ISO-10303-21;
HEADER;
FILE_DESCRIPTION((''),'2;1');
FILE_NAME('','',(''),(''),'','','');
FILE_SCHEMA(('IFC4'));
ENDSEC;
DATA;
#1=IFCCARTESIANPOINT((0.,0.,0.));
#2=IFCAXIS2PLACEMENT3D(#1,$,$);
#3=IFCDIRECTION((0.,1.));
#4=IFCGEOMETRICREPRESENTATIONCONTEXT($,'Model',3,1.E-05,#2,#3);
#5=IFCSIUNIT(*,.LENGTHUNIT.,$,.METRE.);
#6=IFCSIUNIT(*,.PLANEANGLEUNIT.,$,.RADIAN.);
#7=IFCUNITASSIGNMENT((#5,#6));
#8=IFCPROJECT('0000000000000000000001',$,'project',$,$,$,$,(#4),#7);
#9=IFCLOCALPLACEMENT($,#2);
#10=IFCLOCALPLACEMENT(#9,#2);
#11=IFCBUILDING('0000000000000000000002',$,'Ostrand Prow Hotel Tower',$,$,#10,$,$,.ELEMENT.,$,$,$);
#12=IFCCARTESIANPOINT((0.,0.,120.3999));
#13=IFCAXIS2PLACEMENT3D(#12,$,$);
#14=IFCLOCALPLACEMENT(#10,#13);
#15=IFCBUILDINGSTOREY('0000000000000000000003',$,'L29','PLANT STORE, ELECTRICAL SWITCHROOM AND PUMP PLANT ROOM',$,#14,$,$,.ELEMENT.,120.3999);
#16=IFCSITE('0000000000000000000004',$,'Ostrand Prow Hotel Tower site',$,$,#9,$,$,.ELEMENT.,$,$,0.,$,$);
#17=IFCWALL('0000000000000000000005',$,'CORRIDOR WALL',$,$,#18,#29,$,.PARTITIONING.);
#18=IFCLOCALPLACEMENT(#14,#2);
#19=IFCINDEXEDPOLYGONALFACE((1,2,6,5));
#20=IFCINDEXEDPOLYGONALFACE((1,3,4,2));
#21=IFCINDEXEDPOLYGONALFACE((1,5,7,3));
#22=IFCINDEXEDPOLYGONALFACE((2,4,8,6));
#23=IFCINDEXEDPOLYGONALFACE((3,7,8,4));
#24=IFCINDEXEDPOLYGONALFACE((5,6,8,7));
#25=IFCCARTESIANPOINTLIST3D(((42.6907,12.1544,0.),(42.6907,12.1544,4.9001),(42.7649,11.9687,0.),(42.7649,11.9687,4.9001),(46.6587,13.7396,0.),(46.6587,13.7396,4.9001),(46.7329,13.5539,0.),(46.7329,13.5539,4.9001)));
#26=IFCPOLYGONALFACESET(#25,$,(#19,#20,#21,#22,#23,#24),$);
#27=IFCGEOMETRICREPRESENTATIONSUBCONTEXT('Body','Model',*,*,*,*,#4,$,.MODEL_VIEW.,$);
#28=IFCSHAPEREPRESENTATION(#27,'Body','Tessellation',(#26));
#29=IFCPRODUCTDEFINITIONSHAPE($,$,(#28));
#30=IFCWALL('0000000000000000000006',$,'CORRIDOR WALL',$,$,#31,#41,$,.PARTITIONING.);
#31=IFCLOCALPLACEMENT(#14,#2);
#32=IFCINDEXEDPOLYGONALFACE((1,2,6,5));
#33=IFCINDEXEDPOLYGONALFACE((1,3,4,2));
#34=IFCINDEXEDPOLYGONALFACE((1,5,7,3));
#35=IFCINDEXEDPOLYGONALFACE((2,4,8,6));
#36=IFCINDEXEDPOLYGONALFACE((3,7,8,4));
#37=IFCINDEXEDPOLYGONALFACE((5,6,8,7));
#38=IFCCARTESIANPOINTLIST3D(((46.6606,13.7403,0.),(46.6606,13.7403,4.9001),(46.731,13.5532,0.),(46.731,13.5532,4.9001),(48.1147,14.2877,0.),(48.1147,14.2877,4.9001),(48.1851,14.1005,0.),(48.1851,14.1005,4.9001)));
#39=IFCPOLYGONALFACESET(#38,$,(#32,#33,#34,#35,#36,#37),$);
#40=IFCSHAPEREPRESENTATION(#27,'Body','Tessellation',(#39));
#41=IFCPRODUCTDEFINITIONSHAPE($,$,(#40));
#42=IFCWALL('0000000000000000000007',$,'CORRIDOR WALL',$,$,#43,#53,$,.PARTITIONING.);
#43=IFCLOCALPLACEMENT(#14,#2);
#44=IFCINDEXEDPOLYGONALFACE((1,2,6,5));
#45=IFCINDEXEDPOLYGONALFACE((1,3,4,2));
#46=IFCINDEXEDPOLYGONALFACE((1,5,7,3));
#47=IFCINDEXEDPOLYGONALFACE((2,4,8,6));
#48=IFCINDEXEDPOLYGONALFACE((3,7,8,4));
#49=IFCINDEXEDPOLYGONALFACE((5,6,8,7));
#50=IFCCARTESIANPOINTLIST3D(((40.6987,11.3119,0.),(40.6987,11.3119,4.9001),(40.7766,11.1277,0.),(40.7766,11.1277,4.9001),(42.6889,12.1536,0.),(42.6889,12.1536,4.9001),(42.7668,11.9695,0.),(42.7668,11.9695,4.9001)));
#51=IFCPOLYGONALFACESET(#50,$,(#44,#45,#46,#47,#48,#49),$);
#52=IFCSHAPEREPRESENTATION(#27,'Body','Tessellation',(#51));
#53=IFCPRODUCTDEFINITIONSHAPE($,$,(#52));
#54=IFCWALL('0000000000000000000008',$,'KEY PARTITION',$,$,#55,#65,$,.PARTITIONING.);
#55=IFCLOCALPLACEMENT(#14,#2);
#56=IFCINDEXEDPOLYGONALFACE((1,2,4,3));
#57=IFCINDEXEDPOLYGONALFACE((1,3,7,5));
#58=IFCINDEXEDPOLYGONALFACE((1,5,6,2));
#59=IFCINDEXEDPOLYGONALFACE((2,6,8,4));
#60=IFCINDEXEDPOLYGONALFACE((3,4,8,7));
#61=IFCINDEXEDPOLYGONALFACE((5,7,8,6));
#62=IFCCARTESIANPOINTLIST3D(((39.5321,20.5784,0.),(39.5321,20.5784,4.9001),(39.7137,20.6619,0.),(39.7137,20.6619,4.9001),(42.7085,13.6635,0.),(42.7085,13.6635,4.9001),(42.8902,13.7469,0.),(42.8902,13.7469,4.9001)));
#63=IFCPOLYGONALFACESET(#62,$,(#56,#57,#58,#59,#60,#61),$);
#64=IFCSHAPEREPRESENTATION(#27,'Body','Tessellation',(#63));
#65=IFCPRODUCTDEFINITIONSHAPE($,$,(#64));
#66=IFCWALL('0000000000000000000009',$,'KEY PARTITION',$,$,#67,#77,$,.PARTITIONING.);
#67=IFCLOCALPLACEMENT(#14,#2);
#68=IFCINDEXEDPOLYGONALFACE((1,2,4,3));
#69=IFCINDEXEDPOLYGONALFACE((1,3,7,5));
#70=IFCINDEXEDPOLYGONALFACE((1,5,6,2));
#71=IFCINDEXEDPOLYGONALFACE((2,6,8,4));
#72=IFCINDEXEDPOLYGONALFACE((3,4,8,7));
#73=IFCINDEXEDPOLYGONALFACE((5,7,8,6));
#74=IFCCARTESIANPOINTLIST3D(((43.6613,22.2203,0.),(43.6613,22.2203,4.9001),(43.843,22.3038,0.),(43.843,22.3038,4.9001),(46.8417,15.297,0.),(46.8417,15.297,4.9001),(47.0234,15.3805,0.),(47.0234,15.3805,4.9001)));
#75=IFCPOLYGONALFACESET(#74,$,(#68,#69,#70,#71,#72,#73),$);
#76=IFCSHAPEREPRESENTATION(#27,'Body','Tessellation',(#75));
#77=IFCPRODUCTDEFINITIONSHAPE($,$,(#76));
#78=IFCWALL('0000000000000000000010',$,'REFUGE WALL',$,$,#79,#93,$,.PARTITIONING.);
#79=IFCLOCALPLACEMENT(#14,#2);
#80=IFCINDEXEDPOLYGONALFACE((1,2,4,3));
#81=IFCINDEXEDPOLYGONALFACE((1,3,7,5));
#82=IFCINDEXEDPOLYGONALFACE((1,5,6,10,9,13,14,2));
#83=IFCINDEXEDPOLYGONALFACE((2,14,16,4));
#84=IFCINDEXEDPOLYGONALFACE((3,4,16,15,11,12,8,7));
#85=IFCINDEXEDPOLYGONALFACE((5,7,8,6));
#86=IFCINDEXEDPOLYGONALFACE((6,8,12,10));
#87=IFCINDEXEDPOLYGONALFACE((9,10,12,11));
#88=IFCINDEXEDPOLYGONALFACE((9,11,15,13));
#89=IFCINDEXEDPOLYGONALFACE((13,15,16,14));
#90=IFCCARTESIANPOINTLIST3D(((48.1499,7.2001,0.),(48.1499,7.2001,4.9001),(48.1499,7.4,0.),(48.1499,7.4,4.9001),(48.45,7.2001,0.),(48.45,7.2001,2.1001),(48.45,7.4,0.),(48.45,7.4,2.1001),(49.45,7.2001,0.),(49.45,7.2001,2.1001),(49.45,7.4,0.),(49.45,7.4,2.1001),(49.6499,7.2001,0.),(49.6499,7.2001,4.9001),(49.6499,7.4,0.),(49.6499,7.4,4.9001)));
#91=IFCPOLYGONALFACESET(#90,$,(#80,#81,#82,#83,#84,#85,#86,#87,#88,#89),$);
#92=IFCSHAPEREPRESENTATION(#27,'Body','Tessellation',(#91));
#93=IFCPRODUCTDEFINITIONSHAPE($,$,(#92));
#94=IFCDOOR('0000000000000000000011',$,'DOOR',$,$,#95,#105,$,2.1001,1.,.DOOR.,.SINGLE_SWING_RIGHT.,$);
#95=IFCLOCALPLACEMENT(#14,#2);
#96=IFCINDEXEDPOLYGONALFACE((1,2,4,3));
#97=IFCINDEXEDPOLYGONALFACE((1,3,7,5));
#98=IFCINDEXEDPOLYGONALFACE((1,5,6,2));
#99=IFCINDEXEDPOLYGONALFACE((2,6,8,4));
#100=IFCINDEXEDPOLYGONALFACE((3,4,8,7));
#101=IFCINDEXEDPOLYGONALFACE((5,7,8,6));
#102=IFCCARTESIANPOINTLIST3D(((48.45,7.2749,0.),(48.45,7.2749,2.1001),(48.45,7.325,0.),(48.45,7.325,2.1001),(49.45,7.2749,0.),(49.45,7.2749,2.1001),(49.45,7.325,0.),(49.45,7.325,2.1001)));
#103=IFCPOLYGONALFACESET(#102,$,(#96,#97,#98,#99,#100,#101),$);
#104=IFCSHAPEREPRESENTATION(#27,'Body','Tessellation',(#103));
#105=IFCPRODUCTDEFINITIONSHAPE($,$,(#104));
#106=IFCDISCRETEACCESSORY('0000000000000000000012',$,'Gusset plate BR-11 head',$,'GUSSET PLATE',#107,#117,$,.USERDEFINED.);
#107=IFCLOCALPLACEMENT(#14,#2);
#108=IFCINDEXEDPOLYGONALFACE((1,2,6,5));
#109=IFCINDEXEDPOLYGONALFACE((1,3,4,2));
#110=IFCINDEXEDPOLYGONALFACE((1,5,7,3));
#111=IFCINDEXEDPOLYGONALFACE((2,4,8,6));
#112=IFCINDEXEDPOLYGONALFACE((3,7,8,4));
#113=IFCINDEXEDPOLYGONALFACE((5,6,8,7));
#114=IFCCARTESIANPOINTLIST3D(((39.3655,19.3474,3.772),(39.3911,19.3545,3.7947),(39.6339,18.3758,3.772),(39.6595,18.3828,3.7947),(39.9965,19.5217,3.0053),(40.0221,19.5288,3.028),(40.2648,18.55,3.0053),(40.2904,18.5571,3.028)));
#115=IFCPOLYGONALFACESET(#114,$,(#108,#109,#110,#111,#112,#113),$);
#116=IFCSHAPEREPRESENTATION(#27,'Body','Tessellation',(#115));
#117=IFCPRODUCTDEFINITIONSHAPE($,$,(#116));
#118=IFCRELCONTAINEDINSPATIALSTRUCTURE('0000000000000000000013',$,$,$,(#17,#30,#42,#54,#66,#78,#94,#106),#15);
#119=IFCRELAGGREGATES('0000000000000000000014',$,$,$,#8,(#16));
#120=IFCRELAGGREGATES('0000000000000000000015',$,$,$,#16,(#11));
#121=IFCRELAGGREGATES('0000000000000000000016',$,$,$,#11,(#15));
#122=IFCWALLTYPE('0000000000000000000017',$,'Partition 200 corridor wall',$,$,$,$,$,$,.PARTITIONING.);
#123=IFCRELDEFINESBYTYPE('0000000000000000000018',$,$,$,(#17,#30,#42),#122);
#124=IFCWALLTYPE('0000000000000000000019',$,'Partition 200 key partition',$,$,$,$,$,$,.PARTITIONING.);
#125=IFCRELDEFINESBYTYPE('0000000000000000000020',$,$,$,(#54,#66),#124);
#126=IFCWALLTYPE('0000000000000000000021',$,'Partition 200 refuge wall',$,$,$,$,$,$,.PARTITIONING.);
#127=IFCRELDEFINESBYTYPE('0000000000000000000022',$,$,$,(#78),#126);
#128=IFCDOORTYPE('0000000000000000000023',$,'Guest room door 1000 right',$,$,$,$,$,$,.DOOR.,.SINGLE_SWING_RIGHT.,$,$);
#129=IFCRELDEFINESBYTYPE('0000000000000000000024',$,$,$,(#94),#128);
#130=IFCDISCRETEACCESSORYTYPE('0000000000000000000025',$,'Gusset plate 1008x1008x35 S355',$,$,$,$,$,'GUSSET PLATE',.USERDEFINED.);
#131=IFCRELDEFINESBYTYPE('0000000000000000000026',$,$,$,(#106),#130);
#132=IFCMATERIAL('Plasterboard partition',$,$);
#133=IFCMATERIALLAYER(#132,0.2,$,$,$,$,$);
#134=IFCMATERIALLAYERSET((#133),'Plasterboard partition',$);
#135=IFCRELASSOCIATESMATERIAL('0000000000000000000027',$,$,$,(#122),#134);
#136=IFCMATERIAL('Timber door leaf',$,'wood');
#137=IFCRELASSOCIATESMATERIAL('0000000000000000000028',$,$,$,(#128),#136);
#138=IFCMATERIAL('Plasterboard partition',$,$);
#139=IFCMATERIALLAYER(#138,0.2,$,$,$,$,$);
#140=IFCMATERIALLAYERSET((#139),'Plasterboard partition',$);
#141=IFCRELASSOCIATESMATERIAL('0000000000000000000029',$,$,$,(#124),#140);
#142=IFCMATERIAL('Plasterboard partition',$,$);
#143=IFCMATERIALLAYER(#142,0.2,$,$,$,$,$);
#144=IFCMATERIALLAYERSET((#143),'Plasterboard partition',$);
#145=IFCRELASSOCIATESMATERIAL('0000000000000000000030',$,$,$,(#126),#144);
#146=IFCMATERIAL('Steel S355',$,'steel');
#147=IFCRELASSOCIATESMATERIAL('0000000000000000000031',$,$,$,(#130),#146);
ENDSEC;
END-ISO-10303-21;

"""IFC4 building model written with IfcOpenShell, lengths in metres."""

from ifc_helpers import new_model, si_unit, direction, frame, frame_2d, origin, origin_2d, place, context, subcontext, project, spatial, rectangle, extrude, material, layer, layer_set, material_profile, profile_set, type_object, element, fill, save


model = new_model("IFC4")

# Units and contexts
model_context = context("Model", 3, precision=1e-05, world=origin(), true_north=direction((0.0, 1.0)))
body_context = subcontext(model_context, "Body", "Model", "MODEL_VIEW")
ifc_project = project(units=[si_unit("LENGTHUNIT", "METRE"), si_unit("PLANEANGLEUNIT", "RADIAN")], contexts=[model_context])

# Site, building, storey
site_placement = place(None, origin())
site = spatial("IfcSite", under=ifc_project, at=site_placement, Name="Ostrand Prow Hotel Tower site", CompositionType="ELEMENT", RefElevation=0.0)
building_placement = place(site_placement, origin())
building = spatial("IfcBuilding", under=site, at=building_placement, Name="Ostrand Prow Hotel Tower", CompositionType="ELEMENT")
storey_placement = place(building_placement, frame((0.0, 0.0, 120.3999)))
storey = spatial("IfcBuildingStorey", under=building, at=storey_placement, Name="L29", Description="PLANT STORE, ELECTRICAL SWITCHROOM AND PUMP PLANT ROOM", CompositionType="ELEMENT", Elevation=120.3999)

# Shared definitions
ifc_material_1 = material(Name="Plasterboard partition")
ifc_layer_1 = layer(ifc_material_1, 0.2)
ifc_layer_set_1 = layer_set([ifc_layer_1], Name="Plasterboard partition")
wall_type_1 = type_object("IfcWallType", Name="Partition 200 corridor wall", PredefinedType="PARTITIONING", material=ifc_layer_set_1)
ifc_material_2 = material(Name="Timber door leaf", Category="wood")
door_type_1 = type_object("IfcDoorType", Name="Guest room door 1000 right", OperationType="SINGLE_SWING_RIGHT", PredefinedType="DOOR", material=ifc_material_2)

# Walls
wall_1_placement = place(storey_placement, frame((42.7278, 12.0615, 0.0), z_axis=(0.0, 0.0, 1.0), x_axis=(0.928638, 0.370987, 0.0)))
element("IfcWall", 1, at=wall_1_placement, inside=storey, type_object=wall_type_1, Name="CORRIDOR WALL", PredefinedType="PARTITIONING", context=body_context, shape_type="SweptSolid", body=[
    extrude(rectangle(XDim=4.2729, YDim=0.2, at=frame_2d((2.1365, 0.0))), origin(), (0.0, 0.0, 1.0), 4.9001),
])
wall_2_placement = place(storey_placement, frame((46.6958, 13.6467, 0.0), z_axis=(0.0, 0.0, 1.0), x_axis=(0.935889, 0.352294, 0.0)))
element("IfcWall", 2, at=wall_2_placement, inside=storey, type_object=wall_type_1, Name="CORRIDOR WALL", PredefinedType="PARTITIONING", context=body_context, shape_type="SweptSolid", body=[
    extrude(rectangle(XDim=1.5537, YDim=0.2, at=frame_2d((0.7769, 0.0))), origin(), (0.0, 0.0, 1.0), 4.9001),
])
wall_3_placement = place(storey_placement, frame((40.7375, 11.2197, 0.0), z_axis=(0.0, 0.0, 1.0), x_axis=(0.921005, 0.389552, 0.0)))
element("IfcWall", 3, at=wall_3_placement, inside=storey, type_object=wall_type_1, Name="CORRIDOR WALL", PredefinedType="PARTITIONING", context=body_context, shape_type="SweptSolid", body=[
    extrude(rectangle(XDim=2.1609, YDim=0.2, at=frame_2d((1.0806, 0.0))), origin(), (0.0, 0.0, 1.0), 4.9001),
])
ifc_material_3 = material(Name="Plasterboard partition")
ifc_layer_2 = layer(ifc_material_3, 0.2)
ifc_layer_set_2 = layer_set([ifc_layer_2], Name="Plasterboard partition")
wall_type_2 = type_object("IfcWallType", Name="Partition 200 key partition", PredefinedType="PARTITIONING", material=ifc_layer_set_2)
wall_4_placement = place(storey_placement, frame((42.7993, 13.7053, 0.0), z_axis=(0.0, 0.0, 1.0), x_axis=(-0.417428, 0.90871, 0.0)))
element("IfcWall", 4, at=wall_4_placement, inside=storey, type_object=wall_type_2, Name="KEY PARTITION", PredefinedType="PARTITIONING", context=body_context, shape_type="SweptSolid", body=[
    extrude(rectangle(XDim=7.6096, YDim=0.2, at=frame_2d((3.8047, 0.0))), origin(), (0.0, 0.0, 1.0), 4.9001),
])
wall_5_placement = place(storey_placement, frame((46.9326, 15.3386, 0.0), z_axis=(0.0, 0.0, 1.0), x_axis=(-0.417438, 0.908705, 0.0)))
element("IfcWall", 5, at=wall_5_placement, inside=storey, type_object=wall_type_2, Name="KEY PARTITION", PredefinedType="PARTITIONING", context=body_context, shape_type="SweptSolid", body=[
    extrude(rectangle(XDim=7.6189, YDim=0.2, at=frame_2d((3.8096, 0.0))), origin(), (0.0, 0.0, 1.0), 4.9001),
])

# Wall, opening, door
ifc_material_4 = material(Name="Plasterboard partition")
ifc_layer_3 = layer(ifc_material_4, 0.2)
ifc_layer_set_3 = layer_set([ifc_layer_3], Name="Plasterboard partition")
wall_type_3 = type_object("IfcWallType", Name="Partition 200 refuge wall", PredefinedType="PARTITIONING", material=ifc_layer_set_3)
wall_6_placement = place(storey_placement, frame((48.1499, 7.3, 0.0), z_axis=(0.0, 0.0, 1.0), x_axis=(1.0, 0.0, 0.0)))
wall_6 = element("IfcWall", 6, at=wall_6_placement, inside=storey, type_object=wall_type_3, Name="REFUGE WALL", PredefinedType="PARTITIONING", context=body_context, shape_type="SweptSolid", body=[
    extrude(rectangle(XDim=1.5, YDim=0.2, at=frame_2d((0.75, 0.0))), origin(), (0.0, 0.0, 1.0), 4.9001),
])
opening_1_placement = place(wall_6_placement, frame((0.3, 0.0, 0.0)))
opening_1 = element("IfcOpeningElement", 7, at=opening_1_placement, cuts=wall_6, PredefinedType="OPENING", context=body_context, shape_type="SweptSolid", body=[
    extrude(rectangle(XDim=1.0, YDim=2.1001, at=frame_2d((0.5, 1.05))), frame((0.0, 0.1099, 0.0), z_axis=(0.0, -1.0, 0.0), x_axis=(1.0, 0.0, 0.0)), (0.0, 0.0, 1.0), 0.22),
])
door_1_placement = place(opening_1_placement, origin())
door_1 = element("IfcDoor", 8, at=door_1_placement, inside=storey, type_object=door_type_1, Name="DOOR", OperationType="SINGLE_SWING_RIGHT", OverallHeight=2.1001, OverallWidth=1.0, PredefinedType="DOOR", context=body_context, shape_type="SweptSolid", body=[
    extrude(rectangle(XDim=1.0, YDim=2.1001, at=frame_2d((0.5, 1.05))), frame((0.0, 0.0249, 0.0), z_axis=(0.0, -1.0, 0.0), x_axis=(1.0, 0.0, 0.0)), (0.0, 0.0, 1.0), 0.05),
])
fill(opening_1, door_1)

# Discrete accessory
ifc_material_5 = material(Name="Steel S355", Category="steel")
ifc_material_profile_1 = material_profile(ifc_material_5, rectangle(XDim=1.0081, YDim=1.0081, at=origin_2d()), Name="PL 1008x1008x35")
ifc_profile_set_1 = profile_set([ifc_material_profile_1], Name="Steel S355")
discrete_accessory_type = type_object("IfcDiscreteAccessoryType", Name="Gusset plate 1008x1008x35 S355", ElementType="GUSSET PLATE", PredefinedType="USERDEFINED", material=ifc_profile_set_1)
discrete_accessory_placement = place(storey_placement, frame((39.8152, 18.9487, 3.3887), z_axis=(0.733084, 0.202471, 0.649303), x_axis=(-0.266223, 0.963911, 0.0)))
element("IfcDiscreteAccessory", 9, at=discrete_accessory_placement, inside=storey, type_object=discrete_accessory_type, Name="Gusset plate BR-11 head", ObjectType="GUSSET PLATE", PredefinedType="USERDEFINED", context=body_context, shape_type="SweptSolid", body=[
    extrude(rectangle(XDim=1.0081, YDim=1.0081, at=origin_2d()), origin(), (0.0, 0.0, 1.0), 0.0349),
])

save(model, "model.ifc")
